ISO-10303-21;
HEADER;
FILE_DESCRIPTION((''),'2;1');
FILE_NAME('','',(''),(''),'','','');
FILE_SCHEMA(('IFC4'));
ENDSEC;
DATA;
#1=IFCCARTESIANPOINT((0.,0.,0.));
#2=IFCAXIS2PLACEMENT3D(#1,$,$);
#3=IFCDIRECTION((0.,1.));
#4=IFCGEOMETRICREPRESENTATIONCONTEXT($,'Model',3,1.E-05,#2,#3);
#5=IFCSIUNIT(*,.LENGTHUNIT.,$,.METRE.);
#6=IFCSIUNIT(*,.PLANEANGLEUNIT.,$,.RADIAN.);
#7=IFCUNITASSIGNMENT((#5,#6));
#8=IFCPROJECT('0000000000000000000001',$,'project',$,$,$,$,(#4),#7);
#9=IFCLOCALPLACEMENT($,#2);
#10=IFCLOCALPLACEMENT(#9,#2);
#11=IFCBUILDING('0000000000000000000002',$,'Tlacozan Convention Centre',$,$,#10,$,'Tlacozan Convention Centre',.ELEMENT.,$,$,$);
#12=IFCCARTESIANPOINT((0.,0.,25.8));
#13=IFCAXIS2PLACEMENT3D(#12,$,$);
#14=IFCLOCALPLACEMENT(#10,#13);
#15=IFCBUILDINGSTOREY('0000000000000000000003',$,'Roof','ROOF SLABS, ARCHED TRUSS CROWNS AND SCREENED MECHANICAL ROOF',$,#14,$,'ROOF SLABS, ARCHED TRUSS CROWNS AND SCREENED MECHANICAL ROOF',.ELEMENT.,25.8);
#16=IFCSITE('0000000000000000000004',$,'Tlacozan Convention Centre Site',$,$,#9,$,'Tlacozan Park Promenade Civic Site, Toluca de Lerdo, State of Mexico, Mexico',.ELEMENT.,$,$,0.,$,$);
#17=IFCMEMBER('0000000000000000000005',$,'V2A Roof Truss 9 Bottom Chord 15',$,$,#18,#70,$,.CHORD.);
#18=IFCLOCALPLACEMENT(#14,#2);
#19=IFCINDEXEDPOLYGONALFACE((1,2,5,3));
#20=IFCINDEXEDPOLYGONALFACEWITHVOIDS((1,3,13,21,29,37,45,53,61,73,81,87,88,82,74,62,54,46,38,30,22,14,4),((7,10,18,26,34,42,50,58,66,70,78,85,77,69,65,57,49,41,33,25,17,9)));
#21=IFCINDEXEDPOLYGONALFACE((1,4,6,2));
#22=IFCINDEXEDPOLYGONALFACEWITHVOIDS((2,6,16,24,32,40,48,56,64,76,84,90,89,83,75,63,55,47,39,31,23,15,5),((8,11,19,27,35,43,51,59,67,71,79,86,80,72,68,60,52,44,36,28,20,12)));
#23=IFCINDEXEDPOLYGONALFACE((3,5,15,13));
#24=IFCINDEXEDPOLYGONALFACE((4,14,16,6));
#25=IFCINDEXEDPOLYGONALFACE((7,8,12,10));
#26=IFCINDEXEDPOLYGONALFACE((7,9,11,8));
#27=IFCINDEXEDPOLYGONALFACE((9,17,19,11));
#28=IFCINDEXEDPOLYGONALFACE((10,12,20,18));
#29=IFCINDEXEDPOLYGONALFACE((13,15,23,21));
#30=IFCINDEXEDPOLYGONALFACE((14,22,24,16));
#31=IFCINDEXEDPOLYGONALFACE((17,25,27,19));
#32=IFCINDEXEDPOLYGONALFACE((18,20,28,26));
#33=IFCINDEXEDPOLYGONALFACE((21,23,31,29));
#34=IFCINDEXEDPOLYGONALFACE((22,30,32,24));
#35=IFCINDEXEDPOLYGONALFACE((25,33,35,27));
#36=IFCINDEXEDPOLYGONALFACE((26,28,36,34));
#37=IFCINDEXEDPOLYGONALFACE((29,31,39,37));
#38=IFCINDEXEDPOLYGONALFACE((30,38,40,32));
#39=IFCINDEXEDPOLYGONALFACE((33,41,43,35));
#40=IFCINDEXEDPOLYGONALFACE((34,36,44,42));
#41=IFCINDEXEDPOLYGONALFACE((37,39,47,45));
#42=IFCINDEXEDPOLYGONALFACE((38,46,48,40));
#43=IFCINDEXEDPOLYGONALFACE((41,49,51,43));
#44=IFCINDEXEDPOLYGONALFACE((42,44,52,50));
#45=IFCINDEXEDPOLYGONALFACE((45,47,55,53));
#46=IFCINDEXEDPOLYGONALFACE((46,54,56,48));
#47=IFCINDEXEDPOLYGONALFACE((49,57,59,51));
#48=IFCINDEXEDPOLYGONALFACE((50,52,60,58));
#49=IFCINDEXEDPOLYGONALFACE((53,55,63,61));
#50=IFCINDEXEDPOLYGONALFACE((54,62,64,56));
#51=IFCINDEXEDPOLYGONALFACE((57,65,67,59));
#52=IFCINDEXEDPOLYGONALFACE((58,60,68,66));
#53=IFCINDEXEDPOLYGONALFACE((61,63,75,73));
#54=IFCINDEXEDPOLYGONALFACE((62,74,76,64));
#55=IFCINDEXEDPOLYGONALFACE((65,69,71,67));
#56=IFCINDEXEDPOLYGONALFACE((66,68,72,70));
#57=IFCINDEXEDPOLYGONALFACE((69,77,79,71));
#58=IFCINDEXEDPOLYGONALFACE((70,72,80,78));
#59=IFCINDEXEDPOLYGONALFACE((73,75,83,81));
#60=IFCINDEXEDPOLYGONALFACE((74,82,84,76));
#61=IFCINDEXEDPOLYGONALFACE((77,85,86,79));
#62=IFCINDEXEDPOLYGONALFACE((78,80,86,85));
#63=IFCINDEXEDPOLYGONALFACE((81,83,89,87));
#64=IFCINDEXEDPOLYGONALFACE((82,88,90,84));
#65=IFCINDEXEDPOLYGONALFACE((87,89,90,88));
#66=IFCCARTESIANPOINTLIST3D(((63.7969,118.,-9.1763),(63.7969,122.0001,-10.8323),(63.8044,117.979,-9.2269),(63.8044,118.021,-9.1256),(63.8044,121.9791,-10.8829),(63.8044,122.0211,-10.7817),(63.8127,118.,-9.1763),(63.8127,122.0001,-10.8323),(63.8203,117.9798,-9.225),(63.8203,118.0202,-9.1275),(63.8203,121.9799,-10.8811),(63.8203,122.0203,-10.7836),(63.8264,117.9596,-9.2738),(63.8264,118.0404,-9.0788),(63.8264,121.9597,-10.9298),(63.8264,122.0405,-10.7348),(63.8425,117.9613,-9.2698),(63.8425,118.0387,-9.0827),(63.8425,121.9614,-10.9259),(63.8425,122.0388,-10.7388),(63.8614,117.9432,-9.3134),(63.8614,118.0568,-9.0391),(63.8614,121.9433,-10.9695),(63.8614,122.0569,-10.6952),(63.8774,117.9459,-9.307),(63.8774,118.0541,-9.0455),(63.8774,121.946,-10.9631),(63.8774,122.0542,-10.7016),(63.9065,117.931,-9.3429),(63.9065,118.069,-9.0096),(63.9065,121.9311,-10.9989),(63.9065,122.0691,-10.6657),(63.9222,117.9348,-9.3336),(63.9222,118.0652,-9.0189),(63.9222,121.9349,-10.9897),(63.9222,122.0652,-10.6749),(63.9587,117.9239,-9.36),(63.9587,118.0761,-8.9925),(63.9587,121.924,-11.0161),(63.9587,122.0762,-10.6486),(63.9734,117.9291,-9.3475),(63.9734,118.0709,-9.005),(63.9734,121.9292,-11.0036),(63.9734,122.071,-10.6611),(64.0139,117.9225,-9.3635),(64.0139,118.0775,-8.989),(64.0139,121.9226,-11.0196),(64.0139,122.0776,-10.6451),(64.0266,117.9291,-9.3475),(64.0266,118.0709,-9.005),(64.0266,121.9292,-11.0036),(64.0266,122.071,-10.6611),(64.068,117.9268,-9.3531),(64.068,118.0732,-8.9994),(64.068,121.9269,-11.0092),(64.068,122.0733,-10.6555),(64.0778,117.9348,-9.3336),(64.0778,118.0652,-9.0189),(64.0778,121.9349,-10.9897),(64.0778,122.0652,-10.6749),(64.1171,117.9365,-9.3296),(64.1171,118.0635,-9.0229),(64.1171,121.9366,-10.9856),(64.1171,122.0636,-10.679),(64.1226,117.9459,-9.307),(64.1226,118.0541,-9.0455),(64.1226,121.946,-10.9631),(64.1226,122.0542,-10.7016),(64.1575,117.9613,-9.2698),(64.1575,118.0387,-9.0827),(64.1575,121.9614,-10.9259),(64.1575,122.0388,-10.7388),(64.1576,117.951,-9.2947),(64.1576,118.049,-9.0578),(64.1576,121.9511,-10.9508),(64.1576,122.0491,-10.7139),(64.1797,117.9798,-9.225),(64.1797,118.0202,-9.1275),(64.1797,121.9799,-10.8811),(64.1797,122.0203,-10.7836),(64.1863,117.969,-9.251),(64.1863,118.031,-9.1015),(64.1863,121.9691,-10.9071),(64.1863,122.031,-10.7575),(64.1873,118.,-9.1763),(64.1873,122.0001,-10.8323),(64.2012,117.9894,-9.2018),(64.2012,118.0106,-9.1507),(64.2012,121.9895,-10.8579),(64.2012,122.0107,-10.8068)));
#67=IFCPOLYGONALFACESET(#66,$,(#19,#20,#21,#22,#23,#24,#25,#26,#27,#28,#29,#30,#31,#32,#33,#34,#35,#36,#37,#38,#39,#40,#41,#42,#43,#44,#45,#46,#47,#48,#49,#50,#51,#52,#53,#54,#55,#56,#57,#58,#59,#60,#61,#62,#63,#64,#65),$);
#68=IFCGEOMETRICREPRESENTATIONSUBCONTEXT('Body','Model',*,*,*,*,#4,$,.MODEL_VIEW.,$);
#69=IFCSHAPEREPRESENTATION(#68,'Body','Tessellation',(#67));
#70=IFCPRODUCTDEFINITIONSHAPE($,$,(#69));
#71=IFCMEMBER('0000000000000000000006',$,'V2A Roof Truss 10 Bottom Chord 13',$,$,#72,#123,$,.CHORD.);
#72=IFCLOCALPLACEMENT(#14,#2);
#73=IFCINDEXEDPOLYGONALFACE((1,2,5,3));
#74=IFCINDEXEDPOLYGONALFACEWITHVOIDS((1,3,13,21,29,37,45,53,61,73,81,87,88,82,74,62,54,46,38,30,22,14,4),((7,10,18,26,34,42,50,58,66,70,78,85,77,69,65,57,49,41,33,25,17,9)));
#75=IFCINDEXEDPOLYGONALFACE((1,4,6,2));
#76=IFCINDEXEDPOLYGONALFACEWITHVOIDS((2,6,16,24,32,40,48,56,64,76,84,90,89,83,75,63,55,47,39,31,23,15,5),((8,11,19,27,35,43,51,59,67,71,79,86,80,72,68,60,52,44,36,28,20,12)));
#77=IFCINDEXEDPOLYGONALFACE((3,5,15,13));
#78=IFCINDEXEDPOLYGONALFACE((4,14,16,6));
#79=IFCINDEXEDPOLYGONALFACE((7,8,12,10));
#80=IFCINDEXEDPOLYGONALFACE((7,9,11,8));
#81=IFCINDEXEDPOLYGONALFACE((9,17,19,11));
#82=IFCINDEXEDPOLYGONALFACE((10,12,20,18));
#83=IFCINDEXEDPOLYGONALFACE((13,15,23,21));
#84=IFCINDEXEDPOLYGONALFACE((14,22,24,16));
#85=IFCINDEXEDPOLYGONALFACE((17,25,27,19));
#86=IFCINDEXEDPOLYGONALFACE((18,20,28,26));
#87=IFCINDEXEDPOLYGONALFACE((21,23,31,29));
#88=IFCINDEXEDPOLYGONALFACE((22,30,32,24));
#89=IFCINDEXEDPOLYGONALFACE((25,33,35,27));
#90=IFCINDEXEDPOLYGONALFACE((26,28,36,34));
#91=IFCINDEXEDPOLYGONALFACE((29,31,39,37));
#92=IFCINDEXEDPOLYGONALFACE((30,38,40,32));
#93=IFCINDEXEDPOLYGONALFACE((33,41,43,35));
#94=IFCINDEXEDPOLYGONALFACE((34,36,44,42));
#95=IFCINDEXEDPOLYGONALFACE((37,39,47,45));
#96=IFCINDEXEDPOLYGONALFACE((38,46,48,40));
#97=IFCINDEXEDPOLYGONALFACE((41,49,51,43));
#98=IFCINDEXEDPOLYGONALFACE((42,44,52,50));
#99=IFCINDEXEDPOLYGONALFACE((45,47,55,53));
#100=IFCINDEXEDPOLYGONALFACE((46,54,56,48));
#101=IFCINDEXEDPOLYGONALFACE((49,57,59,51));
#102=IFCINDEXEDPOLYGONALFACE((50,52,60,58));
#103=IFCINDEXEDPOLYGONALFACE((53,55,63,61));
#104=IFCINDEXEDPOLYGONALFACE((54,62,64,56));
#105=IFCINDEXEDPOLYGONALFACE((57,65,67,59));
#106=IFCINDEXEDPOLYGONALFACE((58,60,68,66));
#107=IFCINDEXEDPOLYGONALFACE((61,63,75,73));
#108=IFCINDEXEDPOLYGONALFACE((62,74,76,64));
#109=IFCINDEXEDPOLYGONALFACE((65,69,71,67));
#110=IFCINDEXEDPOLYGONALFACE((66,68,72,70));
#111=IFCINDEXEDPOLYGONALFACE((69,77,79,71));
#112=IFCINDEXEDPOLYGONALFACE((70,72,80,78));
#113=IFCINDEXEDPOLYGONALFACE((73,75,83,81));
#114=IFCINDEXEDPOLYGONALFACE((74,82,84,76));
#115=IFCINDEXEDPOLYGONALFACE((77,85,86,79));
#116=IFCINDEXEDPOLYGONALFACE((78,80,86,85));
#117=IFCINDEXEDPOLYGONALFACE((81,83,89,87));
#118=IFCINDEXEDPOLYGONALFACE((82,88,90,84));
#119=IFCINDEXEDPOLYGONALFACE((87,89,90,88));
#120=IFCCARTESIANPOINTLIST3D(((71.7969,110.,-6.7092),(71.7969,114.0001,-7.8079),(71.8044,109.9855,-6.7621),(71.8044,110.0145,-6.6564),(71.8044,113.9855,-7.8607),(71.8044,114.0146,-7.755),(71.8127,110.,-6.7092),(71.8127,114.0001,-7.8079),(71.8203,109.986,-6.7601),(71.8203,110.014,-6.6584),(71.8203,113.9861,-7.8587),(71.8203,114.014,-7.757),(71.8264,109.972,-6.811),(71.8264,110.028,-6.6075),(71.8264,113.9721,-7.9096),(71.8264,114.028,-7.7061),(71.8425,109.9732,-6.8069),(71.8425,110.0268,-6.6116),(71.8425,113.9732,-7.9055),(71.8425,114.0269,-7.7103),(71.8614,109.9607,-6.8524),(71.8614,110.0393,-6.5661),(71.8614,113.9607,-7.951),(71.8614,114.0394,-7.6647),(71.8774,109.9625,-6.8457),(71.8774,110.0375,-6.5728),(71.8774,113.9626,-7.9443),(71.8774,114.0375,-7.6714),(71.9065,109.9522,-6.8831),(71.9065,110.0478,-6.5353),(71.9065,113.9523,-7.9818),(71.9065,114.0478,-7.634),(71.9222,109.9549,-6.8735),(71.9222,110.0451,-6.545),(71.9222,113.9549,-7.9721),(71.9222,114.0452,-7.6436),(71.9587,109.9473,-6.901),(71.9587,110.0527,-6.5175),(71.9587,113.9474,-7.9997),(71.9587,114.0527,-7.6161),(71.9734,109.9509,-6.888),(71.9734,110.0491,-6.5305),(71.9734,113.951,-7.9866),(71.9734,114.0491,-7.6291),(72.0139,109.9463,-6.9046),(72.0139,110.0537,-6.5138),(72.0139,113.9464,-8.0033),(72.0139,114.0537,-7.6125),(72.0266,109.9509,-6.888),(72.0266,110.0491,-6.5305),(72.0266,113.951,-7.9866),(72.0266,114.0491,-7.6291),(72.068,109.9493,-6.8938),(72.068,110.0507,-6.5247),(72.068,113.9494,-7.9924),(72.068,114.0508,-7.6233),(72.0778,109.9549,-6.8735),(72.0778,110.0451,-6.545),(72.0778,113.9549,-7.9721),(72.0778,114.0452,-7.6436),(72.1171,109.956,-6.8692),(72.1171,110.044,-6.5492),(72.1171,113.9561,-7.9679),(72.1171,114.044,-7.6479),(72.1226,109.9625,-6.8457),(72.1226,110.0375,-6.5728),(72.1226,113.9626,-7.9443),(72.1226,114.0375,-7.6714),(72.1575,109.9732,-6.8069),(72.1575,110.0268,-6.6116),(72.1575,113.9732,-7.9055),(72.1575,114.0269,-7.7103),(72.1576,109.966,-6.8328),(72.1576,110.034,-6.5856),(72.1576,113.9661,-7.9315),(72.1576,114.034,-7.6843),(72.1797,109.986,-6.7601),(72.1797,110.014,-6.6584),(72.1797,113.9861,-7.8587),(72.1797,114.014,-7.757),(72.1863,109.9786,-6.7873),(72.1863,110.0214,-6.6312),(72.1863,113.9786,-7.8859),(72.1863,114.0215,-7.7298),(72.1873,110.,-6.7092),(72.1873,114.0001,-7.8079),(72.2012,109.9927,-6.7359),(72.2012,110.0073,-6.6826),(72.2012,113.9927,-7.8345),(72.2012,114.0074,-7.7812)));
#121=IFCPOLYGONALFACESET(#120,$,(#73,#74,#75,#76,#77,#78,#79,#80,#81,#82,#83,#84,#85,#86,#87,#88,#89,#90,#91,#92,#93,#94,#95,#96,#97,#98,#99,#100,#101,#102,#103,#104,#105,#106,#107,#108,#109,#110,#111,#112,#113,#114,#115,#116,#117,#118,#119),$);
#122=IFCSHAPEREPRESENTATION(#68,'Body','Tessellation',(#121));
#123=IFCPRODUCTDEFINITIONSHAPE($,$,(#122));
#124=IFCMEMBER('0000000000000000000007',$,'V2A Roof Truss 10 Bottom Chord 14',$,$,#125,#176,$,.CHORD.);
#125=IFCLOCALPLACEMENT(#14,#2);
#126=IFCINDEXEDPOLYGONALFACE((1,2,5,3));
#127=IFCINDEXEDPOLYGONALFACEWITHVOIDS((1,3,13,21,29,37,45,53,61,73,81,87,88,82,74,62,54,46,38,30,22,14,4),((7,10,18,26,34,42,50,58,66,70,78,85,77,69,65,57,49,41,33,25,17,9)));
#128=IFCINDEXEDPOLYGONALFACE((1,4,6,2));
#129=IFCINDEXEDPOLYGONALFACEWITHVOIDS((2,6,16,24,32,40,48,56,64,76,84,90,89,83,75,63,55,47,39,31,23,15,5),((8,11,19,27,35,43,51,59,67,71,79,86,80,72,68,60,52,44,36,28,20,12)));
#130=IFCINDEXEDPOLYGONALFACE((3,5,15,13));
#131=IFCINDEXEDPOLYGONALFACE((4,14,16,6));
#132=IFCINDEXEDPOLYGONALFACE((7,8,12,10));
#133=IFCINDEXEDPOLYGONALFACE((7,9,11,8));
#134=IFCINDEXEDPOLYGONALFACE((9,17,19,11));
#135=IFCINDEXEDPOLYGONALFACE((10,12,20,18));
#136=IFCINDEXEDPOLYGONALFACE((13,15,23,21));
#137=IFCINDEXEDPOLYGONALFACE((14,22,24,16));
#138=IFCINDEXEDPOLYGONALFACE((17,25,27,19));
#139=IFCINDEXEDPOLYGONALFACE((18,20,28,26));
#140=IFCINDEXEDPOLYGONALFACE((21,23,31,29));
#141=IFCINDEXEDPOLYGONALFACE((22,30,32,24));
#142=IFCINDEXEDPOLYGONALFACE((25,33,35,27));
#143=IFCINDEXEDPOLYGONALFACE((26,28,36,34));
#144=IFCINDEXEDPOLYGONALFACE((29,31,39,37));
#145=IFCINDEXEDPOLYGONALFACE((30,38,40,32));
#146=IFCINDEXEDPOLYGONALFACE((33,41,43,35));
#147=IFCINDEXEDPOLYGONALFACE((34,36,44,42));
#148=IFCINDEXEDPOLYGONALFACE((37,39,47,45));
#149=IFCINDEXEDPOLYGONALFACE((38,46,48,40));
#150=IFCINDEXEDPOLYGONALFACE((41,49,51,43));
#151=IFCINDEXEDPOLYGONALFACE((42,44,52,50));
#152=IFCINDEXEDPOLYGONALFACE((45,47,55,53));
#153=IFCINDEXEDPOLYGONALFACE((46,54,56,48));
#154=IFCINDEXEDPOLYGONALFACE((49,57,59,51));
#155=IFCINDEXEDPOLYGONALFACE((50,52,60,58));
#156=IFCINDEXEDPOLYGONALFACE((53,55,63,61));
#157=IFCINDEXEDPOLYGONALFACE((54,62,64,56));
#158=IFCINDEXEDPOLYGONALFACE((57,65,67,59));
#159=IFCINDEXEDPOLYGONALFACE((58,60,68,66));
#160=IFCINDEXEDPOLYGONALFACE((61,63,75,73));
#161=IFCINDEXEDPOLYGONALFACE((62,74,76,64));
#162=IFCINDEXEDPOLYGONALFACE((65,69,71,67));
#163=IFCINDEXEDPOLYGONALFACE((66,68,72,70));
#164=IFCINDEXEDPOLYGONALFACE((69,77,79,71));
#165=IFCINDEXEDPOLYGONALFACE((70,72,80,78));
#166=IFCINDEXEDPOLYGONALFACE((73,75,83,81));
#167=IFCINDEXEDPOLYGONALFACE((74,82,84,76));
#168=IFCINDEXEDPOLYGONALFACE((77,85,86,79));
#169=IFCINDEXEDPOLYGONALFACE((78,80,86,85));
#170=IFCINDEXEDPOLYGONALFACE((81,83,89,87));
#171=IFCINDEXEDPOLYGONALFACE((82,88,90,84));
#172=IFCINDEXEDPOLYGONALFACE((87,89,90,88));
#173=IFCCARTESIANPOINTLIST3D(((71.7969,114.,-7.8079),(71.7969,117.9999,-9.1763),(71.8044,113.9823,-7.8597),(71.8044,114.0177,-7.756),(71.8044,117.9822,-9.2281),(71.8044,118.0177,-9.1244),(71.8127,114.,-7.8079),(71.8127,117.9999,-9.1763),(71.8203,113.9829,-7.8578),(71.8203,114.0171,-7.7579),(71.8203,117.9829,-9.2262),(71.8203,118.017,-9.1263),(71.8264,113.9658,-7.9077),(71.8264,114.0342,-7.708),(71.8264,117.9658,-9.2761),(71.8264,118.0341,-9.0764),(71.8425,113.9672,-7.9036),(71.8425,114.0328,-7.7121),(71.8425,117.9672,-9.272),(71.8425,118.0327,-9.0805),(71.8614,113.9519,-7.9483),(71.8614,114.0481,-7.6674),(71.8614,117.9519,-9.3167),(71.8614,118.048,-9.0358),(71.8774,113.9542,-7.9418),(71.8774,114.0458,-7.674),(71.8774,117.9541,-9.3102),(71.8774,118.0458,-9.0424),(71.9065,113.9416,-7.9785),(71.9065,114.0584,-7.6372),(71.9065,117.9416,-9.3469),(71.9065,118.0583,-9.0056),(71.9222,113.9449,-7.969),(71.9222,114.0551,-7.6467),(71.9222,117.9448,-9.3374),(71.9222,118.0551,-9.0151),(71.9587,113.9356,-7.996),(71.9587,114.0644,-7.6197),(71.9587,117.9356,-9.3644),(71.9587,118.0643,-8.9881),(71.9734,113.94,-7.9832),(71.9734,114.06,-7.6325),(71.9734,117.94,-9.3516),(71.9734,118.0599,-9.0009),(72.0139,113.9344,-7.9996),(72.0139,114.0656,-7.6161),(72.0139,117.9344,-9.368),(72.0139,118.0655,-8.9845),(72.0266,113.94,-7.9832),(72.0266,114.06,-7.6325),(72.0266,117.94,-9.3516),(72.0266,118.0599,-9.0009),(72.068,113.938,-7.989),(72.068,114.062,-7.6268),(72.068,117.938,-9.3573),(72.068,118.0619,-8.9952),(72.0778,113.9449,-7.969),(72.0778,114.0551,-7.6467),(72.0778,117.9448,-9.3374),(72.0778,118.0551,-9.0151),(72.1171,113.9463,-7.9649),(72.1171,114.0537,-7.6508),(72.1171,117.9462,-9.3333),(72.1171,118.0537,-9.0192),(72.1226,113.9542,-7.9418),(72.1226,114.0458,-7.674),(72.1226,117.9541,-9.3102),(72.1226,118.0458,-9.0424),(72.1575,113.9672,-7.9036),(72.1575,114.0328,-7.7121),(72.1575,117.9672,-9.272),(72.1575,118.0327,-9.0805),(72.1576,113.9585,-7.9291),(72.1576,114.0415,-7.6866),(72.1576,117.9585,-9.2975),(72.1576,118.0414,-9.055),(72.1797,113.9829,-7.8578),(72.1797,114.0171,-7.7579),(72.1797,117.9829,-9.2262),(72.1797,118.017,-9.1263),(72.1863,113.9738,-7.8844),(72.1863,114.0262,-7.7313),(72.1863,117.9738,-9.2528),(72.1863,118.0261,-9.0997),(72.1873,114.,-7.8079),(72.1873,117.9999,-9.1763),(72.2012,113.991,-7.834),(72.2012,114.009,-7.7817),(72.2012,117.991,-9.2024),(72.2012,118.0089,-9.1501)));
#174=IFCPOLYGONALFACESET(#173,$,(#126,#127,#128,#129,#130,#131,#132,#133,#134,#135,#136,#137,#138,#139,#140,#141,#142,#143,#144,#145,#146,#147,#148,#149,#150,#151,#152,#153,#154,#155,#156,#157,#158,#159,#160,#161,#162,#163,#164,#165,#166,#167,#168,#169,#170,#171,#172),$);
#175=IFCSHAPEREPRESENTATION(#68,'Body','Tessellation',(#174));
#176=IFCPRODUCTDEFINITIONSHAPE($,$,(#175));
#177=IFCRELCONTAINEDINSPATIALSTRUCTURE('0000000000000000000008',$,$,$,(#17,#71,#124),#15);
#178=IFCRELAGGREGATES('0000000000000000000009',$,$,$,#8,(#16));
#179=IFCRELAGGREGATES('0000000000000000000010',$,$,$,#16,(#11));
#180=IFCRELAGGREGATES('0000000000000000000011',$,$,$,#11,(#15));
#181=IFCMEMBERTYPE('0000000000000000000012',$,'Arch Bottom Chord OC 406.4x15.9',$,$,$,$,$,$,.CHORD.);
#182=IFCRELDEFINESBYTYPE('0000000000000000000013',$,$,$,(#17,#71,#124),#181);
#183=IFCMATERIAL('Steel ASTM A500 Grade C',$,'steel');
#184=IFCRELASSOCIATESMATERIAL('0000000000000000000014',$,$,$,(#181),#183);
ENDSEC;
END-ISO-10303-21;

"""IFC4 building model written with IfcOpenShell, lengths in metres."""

from ifc_helpers import new_model, si_unit, direction, frame, origin, origin_2d, place, context, subcontext, project, spatial, hollow_circle, extrude, material, material_profile, profile_set, type_object, element, save


model = new_model("IFC4")

# Units and contexts
model_context = context("Model", 3, precision=1e-05, world=origin(), true_north=direction((0.0, 1.0)))
body_context = subcontext(model_context, "Body", "Model", "MODEL_VIEW")
ifc_project = project(units=[si_unit("LENGTHUNIT", "METRE"), si_unit("PLANEANGLEUNIT", "RADIAN")], contexts=[model_context])

# Site, building, storey
site_placement = place(None, origin())
site = spatial("IfcSite", under=ifc_project, at=site_placement, Name="Tlacozan Convention Centre Site", LongName="Tlacozan Park Promenade Civic Site, Toluca de Lerdo, State of Mexico, Mexico", CompositionType="ELEMENT", RefElevation=0.0)
building_placement = place(site_placement, origin())
building = spatial("IfcBuilding", under=site, at=building_placement, Name="Tlacozan Convention Centre", LongName="Tlacozan Convention Centre", CompositionType="ELEMENT")
storey_placement = place(building_placement, frame((0.0, 0.0, 25.8)))
storey = spatial("IfcBuildingStorey", under=building, at=storey_placement, Name="Roof", Description="ROOF SLABS, ARCHED TRUSS CROWNS AND SCREENED MECHANICAL ROOF", LongName="ROOF SLABS, ARCHED TRUSS CROWNS AND SCREENED MECHANICAL ROOF", CompositionType="ELEMENT", Elevation=25.8)

# Members
ifc_material_1 = material(Name="Steel ASTM A500 Grade C", Category="steel")
ifc_material_profile_1 = material_profile(ifc_material_1, hollow_circle(Radius=0.2031, WallThickness=0.0159, at=origin_2d()), Name="OC 406.4x15.9")
ifc_profile_set_1 = profile_set([ifc_material_profile_1], Name="Steel ASTM A500 Grade C")
member_type_1 = type_object("IfcMemberType", Name="Arch Bottom Chord OC 406.4x15.9", PredefinedType="CHORD", material=ifc_profile_set_1)
member_1_placement = place(storey_placement, frame((64.0, 118.0, -9.1763), z_axis=(0.0, 0.923949, -0.382516), x_axis=(-1.0, 0.0, 0.0)))
element("IfcMember", 1, at=member_1_placement, inside=storey, type_object=member_type_1, Name="V2A Roof Truss 9 Bottom Chord 15", PredefinedType="CHORD", context=body_context, shape_type="SweptSolid", body=[
    extrude(hollow_circle(Radius=0.2031, WallThickness=0.0159, at=origin_2d()), origin(), (0.0, 0.0, 1.0), 4.3293),
])
member_2_placement = place(storey_placement, frame((72.0, 110.0, -6.7092), z_axis=(0.0, 0.96429, -0.26485), x_axis=(-1.0, 0.0, 0.0)))
element("IfcMember", 2, at=member_2_placement, inside=storey, type_object=member_type_1, Name="V2A Roof Truss 10 Bottom Chord 13", PredefinedType="CHORD", context=body_context, shape_type="SweptSolid", body=[
    extrude(hollow_circle(Radius=0.2031, WallThickness=0.0159, at=origin_2d()), origin(), (0.0, 0.0, 1.0), 4.1482),
])
member_3_placement = place(storey_placement, frame((72.0, 114.0, -7.8079), z_axis=(0.0, 0.946165, -0.323685), x_axis=(-1.0, 0.0, 0.0)))
element("IfcMember", 3, at=member_3_placement, inside=storey, type_object=member_type_1, Name="V2A Roof Truss 10 Bottom Chord 14", PredefinedType="CHORD", context=body_context, shape_type="SweptSolid", body=[
    extrude(hollow_circle(Radius=0.2031, WallThickness=0.0159, at=origin_2d()), origin(), (0.0, 0.0, 1.0), 4.2275),
])

save(model, "model.ifc")
